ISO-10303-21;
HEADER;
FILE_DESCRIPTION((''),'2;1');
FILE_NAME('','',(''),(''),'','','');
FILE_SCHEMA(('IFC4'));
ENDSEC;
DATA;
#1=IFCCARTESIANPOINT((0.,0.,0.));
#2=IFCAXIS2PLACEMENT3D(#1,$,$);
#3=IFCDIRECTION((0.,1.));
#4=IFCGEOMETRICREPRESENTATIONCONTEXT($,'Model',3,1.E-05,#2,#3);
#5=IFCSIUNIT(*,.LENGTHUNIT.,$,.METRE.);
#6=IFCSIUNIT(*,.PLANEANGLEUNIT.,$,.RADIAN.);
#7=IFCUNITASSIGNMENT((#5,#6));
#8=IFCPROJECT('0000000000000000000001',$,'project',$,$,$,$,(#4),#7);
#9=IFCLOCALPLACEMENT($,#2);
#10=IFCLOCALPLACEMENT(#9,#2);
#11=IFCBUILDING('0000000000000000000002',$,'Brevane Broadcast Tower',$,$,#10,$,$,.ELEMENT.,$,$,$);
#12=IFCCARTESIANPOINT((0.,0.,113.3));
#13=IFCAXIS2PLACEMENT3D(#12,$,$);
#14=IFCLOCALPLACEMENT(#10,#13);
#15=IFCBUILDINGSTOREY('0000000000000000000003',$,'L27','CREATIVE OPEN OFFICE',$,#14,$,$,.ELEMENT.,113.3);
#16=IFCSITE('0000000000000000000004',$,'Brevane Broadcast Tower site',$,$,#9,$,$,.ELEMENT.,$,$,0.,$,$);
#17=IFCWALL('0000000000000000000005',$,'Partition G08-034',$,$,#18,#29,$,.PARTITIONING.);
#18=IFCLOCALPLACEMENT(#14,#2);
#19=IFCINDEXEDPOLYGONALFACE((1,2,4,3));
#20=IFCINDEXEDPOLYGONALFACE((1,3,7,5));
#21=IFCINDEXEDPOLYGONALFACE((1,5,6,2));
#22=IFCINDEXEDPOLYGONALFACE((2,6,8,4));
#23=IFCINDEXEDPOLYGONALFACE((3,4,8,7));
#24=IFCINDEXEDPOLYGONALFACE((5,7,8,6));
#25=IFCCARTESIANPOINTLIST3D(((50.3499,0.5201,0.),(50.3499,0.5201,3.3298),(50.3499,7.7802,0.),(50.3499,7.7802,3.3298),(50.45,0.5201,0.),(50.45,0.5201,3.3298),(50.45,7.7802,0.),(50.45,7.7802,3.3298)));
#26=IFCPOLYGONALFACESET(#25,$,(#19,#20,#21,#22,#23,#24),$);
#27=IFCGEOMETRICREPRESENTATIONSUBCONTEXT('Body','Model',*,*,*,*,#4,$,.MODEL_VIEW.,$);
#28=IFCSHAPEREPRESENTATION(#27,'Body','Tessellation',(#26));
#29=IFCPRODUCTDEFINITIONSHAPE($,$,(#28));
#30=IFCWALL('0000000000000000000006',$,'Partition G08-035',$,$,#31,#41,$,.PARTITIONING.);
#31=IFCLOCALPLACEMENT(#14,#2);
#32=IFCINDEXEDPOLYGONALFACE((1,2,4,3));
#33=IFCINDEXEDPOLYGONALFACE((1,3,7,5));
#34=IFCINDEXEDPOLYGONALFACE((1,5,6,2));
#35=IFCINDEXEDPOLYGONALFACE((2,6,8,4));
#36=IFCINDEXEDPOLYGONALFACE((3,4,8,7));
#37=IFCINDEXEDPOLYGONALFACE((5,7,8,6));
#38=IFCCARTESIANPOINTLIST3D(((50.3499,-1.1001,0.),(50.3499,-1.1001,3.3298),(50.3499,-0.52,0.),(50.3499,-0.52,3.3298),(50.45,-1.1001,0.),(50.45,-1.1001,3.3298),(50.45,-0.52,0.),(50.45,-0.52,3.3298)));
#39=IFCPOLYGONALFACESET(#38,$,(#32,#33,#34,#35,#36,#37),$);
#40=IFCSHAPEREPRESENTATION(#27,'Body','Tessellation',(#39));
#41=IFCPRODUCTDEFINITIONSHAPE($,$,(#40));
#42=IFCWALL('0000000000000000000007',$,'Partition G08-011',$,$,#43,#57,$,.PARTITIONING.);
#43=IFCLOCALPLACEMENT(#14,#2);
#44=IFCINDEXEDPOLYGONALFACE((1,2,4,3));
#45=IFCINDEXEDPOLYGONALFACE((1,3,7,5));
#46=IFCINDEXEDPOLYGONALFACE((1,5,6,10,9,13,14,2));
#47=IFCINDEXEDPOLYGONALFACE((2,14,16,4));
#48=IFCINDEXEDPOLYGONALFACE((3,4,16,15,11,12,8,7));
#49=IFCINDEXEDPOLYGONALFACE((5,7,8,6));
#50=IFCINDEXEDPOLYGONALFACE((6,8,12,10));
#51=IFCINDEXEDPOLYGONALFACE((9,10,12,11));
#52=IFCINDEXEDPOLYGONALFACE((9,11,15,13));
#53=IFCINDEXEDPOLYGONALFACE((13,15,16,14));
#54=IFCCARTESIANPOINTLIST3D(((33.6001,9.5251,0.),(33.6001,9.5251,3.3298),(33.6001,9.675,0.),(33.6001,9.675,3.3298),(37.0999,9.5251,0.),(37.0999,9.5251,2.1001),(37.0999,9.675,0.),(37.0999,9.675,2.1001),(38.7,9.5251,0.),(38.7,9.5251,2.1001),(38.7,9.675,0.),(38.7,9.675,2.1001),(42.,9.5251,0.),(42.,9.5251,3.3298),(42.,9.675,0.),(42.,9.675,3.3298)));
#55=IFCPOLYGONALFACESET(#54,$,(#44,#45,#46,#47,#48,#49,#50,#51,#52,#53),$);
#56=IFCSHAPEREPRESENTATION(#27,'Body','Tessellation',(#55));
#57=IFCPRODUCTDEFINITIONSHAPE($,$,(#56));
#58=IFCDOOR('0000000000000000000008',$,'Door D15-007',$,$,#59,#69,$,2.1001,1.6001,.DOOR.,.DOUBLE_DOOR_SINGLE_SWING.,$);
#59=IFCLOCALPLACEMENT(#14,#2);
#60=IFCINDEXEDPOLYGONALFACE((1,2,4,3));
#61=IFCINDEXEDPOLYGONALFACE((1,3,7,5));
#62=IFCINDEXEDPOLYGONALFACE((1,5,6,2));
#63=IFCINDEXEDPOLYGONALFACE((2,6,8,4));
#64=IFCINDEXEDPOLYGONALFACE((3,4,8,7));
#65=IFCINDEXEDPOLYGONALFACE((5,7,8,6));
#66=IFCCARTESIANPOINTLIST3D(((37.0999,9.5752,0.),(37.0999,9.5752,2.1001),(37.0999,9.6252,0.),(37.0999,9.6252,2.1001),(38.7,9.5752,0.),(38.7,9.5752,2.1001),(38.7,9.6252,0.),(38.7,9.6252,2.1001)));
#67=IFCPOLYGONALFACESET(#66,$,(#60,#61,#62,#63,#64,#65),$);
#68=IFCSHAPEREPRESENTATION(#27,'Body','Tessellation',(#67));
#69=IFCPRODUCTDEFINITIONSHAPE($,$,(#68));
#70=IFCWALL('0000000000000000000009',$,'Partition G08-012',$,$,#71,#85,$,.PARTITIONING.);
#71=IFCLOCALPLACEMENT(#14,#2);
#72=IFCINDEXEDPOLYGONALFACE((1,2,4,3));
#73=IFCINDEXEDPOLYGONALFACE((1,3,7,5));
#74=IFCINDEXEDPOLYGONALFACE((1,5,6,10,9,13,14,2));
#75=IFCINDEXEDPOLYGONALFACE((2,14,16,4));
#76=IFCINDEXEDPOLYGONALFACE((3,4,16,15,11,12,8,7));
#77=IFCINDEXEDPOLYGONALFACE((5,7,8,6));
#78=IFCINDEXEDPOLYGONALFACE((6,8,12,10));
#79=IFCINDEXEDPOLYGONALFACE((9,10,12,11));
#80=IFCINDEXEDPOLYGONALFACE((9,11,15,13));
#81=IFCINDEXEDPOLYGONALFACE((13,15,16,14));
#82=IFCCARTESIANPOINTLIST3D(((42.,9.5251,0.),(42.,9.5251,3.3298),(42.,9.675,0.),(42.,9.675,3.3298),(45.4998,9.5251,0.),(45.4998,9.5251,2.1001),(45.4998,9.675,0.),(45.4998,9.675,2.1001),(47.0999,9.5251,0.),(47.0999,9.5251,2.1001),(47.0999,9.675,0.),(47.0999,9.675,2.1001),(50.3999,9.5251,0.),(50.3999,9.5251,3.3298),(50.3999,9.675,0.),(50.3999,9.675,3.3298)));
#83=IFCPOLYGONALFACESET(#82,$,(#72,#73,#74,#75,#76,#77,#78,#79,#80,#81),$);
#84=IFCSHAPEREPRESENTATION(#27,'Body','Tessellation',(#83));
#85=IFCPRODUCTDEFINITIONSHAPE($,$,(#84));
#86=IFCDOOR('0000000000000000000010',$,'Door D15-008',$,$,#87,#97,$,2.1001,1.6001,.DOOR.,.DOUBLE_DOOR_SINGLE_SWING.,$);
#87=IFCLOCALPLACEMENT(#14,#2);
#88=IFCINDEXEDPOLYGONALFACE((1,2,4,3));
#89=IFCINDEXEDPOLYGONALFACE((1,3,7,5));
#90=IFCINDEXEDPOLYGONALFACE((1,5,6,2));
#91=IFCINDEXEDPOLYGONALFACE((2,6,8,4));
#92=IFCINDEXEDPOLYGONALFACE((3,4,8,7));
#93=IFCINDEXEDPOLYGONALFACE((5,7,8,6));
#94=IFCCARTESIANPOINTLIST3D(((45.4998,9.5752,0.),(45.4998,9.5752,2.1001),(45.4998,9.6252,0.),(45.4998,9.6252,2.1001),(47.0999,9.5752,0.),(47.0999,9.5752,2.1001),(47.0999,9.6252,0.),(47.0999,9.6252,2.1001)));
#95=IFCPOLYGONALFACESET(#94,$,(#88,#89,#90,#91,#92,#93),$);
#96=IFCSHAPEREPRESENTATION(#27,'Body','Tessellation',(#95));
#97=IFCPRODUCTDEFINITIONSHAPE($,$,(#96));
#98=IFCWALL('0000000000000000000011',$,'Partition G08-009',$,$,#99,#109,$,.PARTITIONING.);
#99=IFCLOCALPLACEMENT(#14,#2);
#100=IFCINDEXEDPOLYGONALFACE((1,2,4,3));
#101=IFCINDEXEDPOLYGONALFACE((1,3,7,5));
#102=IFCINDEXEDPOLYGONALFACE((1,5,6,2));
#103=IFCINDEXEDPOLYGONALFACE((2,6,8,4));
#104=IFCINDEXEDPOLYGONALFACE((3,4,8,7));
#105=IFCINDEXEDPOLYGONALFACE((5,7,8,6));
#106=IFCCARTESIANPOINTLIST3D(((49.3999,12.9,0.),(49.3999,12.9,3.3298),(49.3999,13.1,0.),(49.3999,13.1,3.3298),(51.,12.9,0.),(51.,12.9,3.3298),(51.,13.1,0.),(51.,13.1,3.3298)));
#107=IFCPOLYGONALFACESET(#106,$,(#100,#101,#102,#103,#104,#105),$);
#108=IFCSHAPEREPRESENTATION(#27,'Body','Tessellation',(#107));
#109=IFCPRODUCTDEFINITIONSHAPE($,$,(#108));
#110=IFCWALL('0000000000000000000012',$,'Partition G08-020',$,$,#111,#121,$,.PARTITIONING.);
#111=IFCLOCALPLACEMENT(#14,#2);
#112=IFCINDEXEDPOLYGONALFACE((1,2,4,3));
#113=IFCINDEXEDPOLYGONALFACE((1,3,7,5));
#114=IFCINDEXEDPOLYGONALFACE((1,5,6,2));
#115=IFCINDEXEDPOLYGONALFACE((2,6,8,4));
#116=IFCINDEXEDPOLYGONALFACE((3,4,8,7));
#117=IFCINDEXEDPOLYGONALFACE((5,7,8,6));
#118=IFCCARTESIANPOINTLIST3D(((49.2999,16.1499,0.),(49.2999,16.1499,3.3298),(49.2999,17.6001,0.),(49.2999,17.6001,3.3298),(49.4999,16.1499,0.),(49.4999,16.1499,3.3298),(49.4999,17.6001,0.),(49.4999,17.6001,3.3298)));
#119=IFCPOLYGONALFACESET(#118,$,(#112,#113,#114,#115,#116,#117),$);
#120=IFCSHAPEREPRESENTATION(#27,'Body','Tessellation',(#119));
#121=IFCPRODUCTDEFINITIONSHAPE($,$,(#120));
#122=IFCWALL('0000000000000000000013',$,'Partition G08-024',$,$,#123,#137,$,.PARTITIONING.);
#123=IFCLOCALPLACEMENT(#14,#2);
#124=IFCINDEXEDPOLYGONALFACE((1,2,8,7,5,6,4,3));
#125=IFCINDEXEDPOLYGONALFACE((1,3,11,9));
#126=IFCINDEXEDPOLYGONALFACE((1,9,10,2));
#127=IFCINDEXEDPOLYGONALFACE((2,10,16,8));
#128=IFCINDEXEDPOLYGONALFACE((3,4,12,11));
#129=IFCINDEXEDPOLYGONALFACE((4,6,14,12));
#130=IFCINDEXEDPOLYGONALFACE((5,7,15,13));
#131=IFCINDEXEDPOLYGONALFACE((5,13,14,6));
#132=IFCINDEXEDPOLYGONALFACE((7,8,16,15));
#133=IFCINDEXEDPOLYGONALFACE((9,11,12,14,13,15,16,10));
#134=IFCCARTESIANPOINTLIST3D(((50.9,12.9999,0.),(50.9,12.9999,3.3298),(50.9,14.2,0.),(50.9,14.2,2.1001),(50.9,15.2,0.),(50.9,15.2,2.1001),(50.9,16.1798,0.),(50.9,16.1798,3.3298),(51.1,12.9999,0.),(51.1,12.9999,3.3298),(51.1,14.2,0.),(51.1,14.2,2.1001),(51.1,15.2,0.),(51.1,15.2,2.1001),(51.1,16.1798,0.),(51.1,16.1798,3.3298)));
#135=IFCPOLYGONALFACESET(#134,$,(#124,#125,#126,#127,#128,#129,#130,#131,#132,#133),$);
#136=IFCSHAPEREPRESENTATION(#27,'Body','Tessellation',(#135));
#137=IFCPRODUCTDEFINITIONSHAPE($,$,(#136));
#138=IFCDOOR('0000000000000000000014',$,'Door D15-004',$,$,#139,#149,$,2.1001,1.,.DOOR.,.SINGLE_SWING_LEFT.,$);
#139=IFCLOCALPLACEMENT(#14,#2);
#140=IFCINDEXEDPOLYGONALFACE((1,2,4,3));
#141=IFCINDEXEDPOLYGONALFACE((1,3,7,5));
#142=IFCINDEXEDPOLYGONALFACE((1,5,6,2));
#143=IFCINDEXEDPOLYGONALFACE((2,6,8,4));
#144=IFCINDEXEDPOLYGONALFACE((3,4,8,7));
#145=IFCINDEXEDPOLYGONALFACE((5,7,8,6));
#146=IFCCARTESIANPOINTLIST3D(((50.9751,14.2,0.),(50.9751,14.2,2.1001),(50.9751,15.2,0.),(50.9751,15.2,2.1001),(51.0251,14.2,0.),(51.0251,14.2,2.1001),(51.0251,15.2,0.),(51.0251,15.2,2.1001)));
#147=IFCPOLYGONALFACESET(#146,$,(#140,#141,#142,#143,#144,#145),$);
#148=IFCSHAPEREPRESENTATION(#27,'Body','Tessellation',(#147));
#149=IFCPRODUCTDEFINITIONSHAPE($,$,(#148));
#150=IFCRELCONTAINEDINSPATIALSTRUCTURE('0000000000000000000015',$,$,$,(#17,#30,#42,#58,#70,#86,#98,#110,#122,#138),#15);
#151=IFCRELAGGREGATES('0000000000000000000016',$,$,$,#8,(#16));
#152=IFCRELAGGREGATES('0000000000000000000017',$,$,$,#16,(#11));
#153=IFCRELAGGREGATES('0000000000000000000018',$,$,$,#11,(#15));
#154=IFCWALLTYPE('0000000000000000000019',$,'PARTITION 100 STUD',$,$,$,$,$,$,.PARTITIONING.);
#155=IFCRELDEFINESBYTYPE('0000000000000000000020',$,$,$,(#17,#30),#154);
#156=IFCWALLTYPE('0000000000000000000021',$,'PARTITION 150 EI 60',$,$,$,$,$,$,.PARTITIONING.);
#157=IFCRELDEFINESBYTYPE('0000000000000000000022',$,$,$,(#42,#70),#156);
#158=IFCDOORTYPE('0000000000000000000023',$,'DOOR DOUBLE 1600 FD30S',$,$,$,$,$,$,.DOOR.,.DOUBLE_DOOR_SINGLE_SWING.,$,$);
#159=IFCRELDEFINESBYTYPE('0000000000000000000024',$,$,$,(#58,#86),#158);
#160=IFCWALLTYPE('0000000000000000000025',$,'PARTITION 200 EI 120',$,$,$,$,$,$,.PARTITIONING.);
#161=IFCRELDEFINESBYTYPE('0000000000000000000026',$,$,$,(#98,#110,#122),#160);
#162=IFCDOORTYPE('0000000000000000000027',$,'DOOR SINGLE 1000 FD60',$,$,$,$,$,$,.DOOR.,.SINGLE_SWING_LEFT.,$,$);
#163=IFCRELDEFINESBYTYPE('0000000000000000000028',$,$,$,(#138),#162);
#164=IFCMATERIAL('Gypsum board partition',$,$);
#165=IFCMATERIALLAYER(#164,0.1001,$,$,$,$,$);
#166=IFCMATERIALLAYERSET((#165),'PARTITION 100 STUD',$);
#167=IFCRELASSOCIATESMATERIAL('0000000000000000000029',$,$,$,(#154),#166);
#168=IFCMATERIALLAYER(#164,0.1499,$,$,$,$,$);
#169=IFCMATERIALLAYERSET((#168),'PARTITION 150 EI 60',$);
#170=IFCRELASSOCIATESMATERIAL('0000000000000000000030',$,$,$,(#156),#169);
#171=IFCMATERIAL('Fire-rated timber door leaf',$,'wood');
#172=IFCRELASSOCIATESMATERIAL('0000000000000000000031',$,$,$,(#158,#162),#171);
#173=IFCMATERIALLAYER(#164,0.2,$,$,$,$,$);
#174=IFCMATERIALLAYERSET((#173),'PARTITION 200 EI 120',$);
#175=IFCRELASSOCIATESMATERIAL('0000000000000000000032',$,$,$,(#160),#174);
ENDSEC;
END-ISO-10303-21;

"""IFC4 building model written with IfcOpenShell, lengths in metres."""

from ifc_helpers import new_model, si_unit, direction, frame, frame_2d, origin, place, context, subcontext, project, spatial, rectangle, extrude, material, layer, layer_set, type_object, element, fill, save


model = new_model("IFC4")

# Units and contexts
model_context = context("Model", 3, precision=1e-05, world=origin(), true_north=direction((0.0, 1.0)))
body_context = subcontext(model_context, "Body", "Model", "MODEL_VIEW")
ifc_project = project(units=[si_unit("LENGTHUNIT", "METRE"), si_unit("PLANEANGLEUNIT", "RADIAN")], contexts=[model_context])

# Site, building, storey
site_placement = place(None, origin())
site = spatial("IfcSite", under=ifc_project, at=site_placement, Name="Brevane Broadcast Tower site", CompositionType="ELEMENT", RefElevation=0.0)
building_placement = place(site_placement, origin())
building = spatial("IfcBuilding", under=site, at=building_placement, Name="Brevane Broadcast Tower", CompositionType="ELEMENT")
storey_placement = place(building_placement, frame((0.0, 0.0, 113.3)))
storey = spatial("IfcBuildingStorey", under=building, at=storey_placement, Name="L27", Description="CREATIVE OPEN OFFICE", CompositionType="ELEMENT", Elevation=113.3)

# Walls
ifc_material_1 = material(Name="Gypsum board partition")
ifc_layer_1 = layer(ifc_material_1, 0.1001)
ifc_layer_set_1 = layer_set([ifc_layer_1], Name="PARTITION 100 STUD")
wall_type_1 = type_object("IfcWallType", Name="PARTITION 100 STUD", PredefinedType="PARTITIONING", material=ifc_layer_set_1)
wall_1_placement = place(storey_placement, frame((50.3999, 7.78, 0.0), z_axis=(0.0, 0.0, 1.0), x_axis=(0.0, -1.0, 0.0)))
element("IfcWall", 1, at=wall_1_placement, inside=storey, type_object=wall_type_1, Name="Partition G08-034", PredefinedType="PARTITIONING", context=body_context, shape_type="SweptSolid", body=[
    extrude(rectangle(XDim=7.26, YDim=0.1001, at=frame_2d((3.6299, 0.0))), origin(), (0.0, 0.0, 1.0), 3.3298),
])
wall_2_placement = place(storey_placement, frame((50.3999, -0.52, 0.0), z_axis=(0.0, 0.0, 1.0), x_axis=(0.0, -1.0, 0.0)))
element("IfcWall", 2, at=wall_2_placement, inside=storey, type_object=wall_type_1, Name="Partition G08-035", PredefinedType="PARTITIONING", context=body_context, shape_type="SweptSolid", body=[
    extrude(rectangle(XDim=0.5801, YDim=0.1001, at=frame_2d((0.29, 0.0))), origin(), (0.0, 0.0, 1.0), 3.3298),
])

# Walls, openings, doors
ifc_layer_2 = layer(ifc_material_1, 0.1499)
ifc_layer_set_2 = layer_set([ifc_layer_2], Name="PARTITION 150 EI 60")
wall_type_2 = type_object("IfcWallType", Name="PARTITION 150 EI 60", PredefinedType="PARTITIONING", material=ifc_layer_set_2)
wall_3_placement = place(storey_placement, frame((42.0, 9.6001, 0.0), z_axis=(0.0, 0.0, 1.0), x_axis=(-1.0, 0.0, 0.0)))
wall_3 = element("IfcWall", 3, at=wall_3_placement, inside=storey, type_object=wall_type_2, Name="Partition G08-011", PredefinedType="PARTITIONING", context=body_context, shape_type="SweptSolid", body=[
    extrude(rectangle(XDim=8.3999, YDim=0.1499, at=frame_2d((4.2, 0.0))), origin(), (0.0, 0.0, 1.0), 3.3298),
])
opening_1_placement = place(wall_3_placement, frame((3.3, 0.0, 0.0)))
opening_1 = element("IfcOpeningElement", 4, at=opening_1_placement, cuts=wall_3, PredefinedType="OPENING", context=body_context, shape_type="SweptSolid", body=[
    extrude(rectangle(XDim=1.6001, YDim=2.1001, at=frame_2d((0.8, 1.05))), frame((0.0, 0.085, 0.0), z_axis=(0.0, -1.0, 0.0), x_axis=(1.0, 0.0, 0.0)), (0.0, 0.0, 1.0), 0.1699),
])
ifc_material_2 = material(Name="Fire-rated timber door leaf", Category="wood")
door_type_1 = type_object("IfcDoorType", Name="DOOR DOUBLE 1600 FD30S", OperationType="DOUBLE_DOOR_SINGLE_SWING", PredefinedType="DOOR", material=ifc_material_2)
door_1_placement = place(opening_1_placement, origin())
door_1 = element("IfcDoor", 5, at=door_1_placement, inside=storey, type_object=door_type_1, Name="Door D15-007", OperationType="DOUBLE_DOOR_SINGLE_SWING", OverallHeight=2.1001, OverallWidth=1.6001, PredefinedType="DOOR", context=body_context, shape_type="SweptSolid", body=[
    extrude(rectangle(XDim=1.6001, YDim=2.1001, at=frame_2d((0.8, 1.05))), frame((0.0, 0.0249, 0.0), z_axis=(0.0, -1.0, 0.0), x_axis=(1.0, 0.0, 0.0)), (0.0, 0.0, 1.0), 0.05),
])
fill(opening_1, door_1)
wall_4_placement = place(storey_placement, frame((50.3999, 9.6001, 0.0), z_axis=(0.0, 0.0, 1.0), x_axis=(-1.0, 0.0, 0.0)))
wall_4 = element("IfcWall", 6, at=wall_4_placement, inside=storey, type_object=wall_type_2, Name="Partition G08-012", PredefinedType="PARTITIONING", context=body_context, shape_type="SweptSolid", body=[
    extrude(rectangle(XDim=8.3999, YDim=0.1499, at=frame_2d((4.2, 0.0))), origin(), (0.0, 0.0, 1.0), 3.3298),
])
opening_2_placement = place(wall_4_placement, frame((3.3, 0.0, 0.0)))
opening_2 = element("IfcOpeningElement", 7, at=opening_2_placement, cuts=wall_4, PredefinedType="OPENING", context=body_context, shape_type="SweptSolid", body=[
    extrude(rectangle(XDim=1.6001, YDim=2.1001, at=frame_2d((0.8, 1.05))), frame((0.0, 0.085, 0.0), z_axis=(0.0, -1.0, 0.0), x_axis=(1.0, 0.0, 0.0)), (0.0, 0.0, 1.0), 0.1699),
])
door_2_placement = place(opening_2_placement, origin())
door_2 = element("IfcDoor", 8, at=door_2_placement, inside=storey, type_object=door_type_1, Name="Door D15-008", OperationType="DOUBLE_DOOR_SINGLE_SWING", OverallHeight=2.1001, OverallWidth=1.6001, PredefinedType="DOOR", context=body_context, shape_type="SweptSolid", body=[
    extrude(rectangle(XDim=1.6001, YDim=2.1001, at=frame_2d((0.8, 1.05))), frame((0.0, 0.0249, 0.0), z_axis=(0.0, -1.0, 0.0), x_axis=(1.0, 0.0, 0.0)), (0.0, 0.0, 1.0), 0.05),
])
fill(opening_2, door_2)

# Walls
ifc_layer_3 = layer(ifc_material_1, 0.2)
ifc_layer_set_3 = layer_set([ifc_layer_3], Name="PARTITION 200 EI 120")
wall_type_3 = type_object("IfcWallType", Name="PARTITION 200 EI 120", PredefinedType="PARTITIONING", material=ifc_layer_set_3)
wall_5_placement = place(storey_placement, frame((49.3999, 13.0, 0.0), z_axis=(0.0, 0.0, 1.0), x_axis=(1.0, 0.0, 0.0)))
element("IfcWall", 9, at=wall_5_placement, inside=storey, type_object=wall_type_3, Name="Partition G08-009", PredefinedType="PARTITIONING", context=body_context, shape_type="SweptSolid", body=[
    extrude(rectangle(XDim=1.6001, YDim=0.2, at=frame_2d((0.8, 0.0))), origin(), (0.0, 0.0, 1.0), 3.3298),
])
wall_6_placement = place(storey_placement, frame((49.3999, 17.6001, 0.0), z_axis=(0.0, 0.0, 1.0), x_axis=(0.0, -1.0, 0.0)))
element("IfcWall", 10, at=wall_6_placement, inside=storey, type_object=wall_type_3, Name="Partition G08-020", PredefinedType="PARTITIONING", context=body_context, shape_type="SweptSolid", body=[
    extrude(rectangle(XDim=1.4502, YDim=0.2, at=frame_2d((0.7251, 0.0))), origin(), (0.0, 0.0, 1.0), 3.3298),
])

# Wall, opening, door
wall_7_placement = place(storey_placement, frame((51.0, 13.0, 0.0), z_axis=(0.0, 0.0, 1.0), x_axis=(0.0, 1.0, 0.0)))
wall_7 = element("IfcWall", 11, at=wall_7_placement, inside=storey, type_object=wall_type_3, Name="Partition G08-024", PredefinedType="PARTITIONING", context=body_context, shape_type="SweptSolid", body=[
    extrude(rectangle(XDim=3.1799, YDim=0.2, at=frame_2d((1.5898, 0.0))), origin(), (0.0, 0.0, 1.0), 3.3298),
])
opening_3_placement = place(wall_7_placement, frame((1.2, 0.0, 0.0)))
opening_3 = element("IfcOpeningElement", 12, at=opening_3_placement, cuts=wall_7, PredefinedType="OPENING", context=body_context, shape_type="SweptSolid", body=[
    extrude(rectangle(XDim=1.0, YDim=2.1001, at=frame_2d((0.5, 1.05))), frame((0.0, 0.1099, 0.0), z_axis=(0.0, -1.0, 0.0), x_axis=(1.0, 0.0, 0.0)), (0.0, 0.0, 1.0), 0.22),
])
door_type_2 = type_object("IfcDoorType", Name="DOOR SINGLE 1000 FD60", OperationType="SINGLE_SWING_LEFT", PredefinedType="DOOR", material=ifc_material_2)
door_3_placement = place(opening_3_placement, origin())
door_3 = element("IfcDoor", 13, at=door_3_placement, inside=storey, type_object=door_type_2, Name="Door D15-004", OperationType="SINGLE_SWING_LEFT", OverallHeight=2.1001, OverallWidth=1.0, PredefinedType="DOOR", context=body_context, shape_type="SweptSolid", body=[
    extrude(rectangle(XDim=1.0, YDim=2.1001, at=frame_2d((0.5, 1.05))), frame((0.0, 0.0249, 0.0), z_axis=(0.0, -1.0, 0.0), x_axis=(1.0, 0.0, 0.0)), (0.0, 0.0, 1.0), 0.05),
])
fill(opening_3, door_3)

save(model, "model.ifc")
